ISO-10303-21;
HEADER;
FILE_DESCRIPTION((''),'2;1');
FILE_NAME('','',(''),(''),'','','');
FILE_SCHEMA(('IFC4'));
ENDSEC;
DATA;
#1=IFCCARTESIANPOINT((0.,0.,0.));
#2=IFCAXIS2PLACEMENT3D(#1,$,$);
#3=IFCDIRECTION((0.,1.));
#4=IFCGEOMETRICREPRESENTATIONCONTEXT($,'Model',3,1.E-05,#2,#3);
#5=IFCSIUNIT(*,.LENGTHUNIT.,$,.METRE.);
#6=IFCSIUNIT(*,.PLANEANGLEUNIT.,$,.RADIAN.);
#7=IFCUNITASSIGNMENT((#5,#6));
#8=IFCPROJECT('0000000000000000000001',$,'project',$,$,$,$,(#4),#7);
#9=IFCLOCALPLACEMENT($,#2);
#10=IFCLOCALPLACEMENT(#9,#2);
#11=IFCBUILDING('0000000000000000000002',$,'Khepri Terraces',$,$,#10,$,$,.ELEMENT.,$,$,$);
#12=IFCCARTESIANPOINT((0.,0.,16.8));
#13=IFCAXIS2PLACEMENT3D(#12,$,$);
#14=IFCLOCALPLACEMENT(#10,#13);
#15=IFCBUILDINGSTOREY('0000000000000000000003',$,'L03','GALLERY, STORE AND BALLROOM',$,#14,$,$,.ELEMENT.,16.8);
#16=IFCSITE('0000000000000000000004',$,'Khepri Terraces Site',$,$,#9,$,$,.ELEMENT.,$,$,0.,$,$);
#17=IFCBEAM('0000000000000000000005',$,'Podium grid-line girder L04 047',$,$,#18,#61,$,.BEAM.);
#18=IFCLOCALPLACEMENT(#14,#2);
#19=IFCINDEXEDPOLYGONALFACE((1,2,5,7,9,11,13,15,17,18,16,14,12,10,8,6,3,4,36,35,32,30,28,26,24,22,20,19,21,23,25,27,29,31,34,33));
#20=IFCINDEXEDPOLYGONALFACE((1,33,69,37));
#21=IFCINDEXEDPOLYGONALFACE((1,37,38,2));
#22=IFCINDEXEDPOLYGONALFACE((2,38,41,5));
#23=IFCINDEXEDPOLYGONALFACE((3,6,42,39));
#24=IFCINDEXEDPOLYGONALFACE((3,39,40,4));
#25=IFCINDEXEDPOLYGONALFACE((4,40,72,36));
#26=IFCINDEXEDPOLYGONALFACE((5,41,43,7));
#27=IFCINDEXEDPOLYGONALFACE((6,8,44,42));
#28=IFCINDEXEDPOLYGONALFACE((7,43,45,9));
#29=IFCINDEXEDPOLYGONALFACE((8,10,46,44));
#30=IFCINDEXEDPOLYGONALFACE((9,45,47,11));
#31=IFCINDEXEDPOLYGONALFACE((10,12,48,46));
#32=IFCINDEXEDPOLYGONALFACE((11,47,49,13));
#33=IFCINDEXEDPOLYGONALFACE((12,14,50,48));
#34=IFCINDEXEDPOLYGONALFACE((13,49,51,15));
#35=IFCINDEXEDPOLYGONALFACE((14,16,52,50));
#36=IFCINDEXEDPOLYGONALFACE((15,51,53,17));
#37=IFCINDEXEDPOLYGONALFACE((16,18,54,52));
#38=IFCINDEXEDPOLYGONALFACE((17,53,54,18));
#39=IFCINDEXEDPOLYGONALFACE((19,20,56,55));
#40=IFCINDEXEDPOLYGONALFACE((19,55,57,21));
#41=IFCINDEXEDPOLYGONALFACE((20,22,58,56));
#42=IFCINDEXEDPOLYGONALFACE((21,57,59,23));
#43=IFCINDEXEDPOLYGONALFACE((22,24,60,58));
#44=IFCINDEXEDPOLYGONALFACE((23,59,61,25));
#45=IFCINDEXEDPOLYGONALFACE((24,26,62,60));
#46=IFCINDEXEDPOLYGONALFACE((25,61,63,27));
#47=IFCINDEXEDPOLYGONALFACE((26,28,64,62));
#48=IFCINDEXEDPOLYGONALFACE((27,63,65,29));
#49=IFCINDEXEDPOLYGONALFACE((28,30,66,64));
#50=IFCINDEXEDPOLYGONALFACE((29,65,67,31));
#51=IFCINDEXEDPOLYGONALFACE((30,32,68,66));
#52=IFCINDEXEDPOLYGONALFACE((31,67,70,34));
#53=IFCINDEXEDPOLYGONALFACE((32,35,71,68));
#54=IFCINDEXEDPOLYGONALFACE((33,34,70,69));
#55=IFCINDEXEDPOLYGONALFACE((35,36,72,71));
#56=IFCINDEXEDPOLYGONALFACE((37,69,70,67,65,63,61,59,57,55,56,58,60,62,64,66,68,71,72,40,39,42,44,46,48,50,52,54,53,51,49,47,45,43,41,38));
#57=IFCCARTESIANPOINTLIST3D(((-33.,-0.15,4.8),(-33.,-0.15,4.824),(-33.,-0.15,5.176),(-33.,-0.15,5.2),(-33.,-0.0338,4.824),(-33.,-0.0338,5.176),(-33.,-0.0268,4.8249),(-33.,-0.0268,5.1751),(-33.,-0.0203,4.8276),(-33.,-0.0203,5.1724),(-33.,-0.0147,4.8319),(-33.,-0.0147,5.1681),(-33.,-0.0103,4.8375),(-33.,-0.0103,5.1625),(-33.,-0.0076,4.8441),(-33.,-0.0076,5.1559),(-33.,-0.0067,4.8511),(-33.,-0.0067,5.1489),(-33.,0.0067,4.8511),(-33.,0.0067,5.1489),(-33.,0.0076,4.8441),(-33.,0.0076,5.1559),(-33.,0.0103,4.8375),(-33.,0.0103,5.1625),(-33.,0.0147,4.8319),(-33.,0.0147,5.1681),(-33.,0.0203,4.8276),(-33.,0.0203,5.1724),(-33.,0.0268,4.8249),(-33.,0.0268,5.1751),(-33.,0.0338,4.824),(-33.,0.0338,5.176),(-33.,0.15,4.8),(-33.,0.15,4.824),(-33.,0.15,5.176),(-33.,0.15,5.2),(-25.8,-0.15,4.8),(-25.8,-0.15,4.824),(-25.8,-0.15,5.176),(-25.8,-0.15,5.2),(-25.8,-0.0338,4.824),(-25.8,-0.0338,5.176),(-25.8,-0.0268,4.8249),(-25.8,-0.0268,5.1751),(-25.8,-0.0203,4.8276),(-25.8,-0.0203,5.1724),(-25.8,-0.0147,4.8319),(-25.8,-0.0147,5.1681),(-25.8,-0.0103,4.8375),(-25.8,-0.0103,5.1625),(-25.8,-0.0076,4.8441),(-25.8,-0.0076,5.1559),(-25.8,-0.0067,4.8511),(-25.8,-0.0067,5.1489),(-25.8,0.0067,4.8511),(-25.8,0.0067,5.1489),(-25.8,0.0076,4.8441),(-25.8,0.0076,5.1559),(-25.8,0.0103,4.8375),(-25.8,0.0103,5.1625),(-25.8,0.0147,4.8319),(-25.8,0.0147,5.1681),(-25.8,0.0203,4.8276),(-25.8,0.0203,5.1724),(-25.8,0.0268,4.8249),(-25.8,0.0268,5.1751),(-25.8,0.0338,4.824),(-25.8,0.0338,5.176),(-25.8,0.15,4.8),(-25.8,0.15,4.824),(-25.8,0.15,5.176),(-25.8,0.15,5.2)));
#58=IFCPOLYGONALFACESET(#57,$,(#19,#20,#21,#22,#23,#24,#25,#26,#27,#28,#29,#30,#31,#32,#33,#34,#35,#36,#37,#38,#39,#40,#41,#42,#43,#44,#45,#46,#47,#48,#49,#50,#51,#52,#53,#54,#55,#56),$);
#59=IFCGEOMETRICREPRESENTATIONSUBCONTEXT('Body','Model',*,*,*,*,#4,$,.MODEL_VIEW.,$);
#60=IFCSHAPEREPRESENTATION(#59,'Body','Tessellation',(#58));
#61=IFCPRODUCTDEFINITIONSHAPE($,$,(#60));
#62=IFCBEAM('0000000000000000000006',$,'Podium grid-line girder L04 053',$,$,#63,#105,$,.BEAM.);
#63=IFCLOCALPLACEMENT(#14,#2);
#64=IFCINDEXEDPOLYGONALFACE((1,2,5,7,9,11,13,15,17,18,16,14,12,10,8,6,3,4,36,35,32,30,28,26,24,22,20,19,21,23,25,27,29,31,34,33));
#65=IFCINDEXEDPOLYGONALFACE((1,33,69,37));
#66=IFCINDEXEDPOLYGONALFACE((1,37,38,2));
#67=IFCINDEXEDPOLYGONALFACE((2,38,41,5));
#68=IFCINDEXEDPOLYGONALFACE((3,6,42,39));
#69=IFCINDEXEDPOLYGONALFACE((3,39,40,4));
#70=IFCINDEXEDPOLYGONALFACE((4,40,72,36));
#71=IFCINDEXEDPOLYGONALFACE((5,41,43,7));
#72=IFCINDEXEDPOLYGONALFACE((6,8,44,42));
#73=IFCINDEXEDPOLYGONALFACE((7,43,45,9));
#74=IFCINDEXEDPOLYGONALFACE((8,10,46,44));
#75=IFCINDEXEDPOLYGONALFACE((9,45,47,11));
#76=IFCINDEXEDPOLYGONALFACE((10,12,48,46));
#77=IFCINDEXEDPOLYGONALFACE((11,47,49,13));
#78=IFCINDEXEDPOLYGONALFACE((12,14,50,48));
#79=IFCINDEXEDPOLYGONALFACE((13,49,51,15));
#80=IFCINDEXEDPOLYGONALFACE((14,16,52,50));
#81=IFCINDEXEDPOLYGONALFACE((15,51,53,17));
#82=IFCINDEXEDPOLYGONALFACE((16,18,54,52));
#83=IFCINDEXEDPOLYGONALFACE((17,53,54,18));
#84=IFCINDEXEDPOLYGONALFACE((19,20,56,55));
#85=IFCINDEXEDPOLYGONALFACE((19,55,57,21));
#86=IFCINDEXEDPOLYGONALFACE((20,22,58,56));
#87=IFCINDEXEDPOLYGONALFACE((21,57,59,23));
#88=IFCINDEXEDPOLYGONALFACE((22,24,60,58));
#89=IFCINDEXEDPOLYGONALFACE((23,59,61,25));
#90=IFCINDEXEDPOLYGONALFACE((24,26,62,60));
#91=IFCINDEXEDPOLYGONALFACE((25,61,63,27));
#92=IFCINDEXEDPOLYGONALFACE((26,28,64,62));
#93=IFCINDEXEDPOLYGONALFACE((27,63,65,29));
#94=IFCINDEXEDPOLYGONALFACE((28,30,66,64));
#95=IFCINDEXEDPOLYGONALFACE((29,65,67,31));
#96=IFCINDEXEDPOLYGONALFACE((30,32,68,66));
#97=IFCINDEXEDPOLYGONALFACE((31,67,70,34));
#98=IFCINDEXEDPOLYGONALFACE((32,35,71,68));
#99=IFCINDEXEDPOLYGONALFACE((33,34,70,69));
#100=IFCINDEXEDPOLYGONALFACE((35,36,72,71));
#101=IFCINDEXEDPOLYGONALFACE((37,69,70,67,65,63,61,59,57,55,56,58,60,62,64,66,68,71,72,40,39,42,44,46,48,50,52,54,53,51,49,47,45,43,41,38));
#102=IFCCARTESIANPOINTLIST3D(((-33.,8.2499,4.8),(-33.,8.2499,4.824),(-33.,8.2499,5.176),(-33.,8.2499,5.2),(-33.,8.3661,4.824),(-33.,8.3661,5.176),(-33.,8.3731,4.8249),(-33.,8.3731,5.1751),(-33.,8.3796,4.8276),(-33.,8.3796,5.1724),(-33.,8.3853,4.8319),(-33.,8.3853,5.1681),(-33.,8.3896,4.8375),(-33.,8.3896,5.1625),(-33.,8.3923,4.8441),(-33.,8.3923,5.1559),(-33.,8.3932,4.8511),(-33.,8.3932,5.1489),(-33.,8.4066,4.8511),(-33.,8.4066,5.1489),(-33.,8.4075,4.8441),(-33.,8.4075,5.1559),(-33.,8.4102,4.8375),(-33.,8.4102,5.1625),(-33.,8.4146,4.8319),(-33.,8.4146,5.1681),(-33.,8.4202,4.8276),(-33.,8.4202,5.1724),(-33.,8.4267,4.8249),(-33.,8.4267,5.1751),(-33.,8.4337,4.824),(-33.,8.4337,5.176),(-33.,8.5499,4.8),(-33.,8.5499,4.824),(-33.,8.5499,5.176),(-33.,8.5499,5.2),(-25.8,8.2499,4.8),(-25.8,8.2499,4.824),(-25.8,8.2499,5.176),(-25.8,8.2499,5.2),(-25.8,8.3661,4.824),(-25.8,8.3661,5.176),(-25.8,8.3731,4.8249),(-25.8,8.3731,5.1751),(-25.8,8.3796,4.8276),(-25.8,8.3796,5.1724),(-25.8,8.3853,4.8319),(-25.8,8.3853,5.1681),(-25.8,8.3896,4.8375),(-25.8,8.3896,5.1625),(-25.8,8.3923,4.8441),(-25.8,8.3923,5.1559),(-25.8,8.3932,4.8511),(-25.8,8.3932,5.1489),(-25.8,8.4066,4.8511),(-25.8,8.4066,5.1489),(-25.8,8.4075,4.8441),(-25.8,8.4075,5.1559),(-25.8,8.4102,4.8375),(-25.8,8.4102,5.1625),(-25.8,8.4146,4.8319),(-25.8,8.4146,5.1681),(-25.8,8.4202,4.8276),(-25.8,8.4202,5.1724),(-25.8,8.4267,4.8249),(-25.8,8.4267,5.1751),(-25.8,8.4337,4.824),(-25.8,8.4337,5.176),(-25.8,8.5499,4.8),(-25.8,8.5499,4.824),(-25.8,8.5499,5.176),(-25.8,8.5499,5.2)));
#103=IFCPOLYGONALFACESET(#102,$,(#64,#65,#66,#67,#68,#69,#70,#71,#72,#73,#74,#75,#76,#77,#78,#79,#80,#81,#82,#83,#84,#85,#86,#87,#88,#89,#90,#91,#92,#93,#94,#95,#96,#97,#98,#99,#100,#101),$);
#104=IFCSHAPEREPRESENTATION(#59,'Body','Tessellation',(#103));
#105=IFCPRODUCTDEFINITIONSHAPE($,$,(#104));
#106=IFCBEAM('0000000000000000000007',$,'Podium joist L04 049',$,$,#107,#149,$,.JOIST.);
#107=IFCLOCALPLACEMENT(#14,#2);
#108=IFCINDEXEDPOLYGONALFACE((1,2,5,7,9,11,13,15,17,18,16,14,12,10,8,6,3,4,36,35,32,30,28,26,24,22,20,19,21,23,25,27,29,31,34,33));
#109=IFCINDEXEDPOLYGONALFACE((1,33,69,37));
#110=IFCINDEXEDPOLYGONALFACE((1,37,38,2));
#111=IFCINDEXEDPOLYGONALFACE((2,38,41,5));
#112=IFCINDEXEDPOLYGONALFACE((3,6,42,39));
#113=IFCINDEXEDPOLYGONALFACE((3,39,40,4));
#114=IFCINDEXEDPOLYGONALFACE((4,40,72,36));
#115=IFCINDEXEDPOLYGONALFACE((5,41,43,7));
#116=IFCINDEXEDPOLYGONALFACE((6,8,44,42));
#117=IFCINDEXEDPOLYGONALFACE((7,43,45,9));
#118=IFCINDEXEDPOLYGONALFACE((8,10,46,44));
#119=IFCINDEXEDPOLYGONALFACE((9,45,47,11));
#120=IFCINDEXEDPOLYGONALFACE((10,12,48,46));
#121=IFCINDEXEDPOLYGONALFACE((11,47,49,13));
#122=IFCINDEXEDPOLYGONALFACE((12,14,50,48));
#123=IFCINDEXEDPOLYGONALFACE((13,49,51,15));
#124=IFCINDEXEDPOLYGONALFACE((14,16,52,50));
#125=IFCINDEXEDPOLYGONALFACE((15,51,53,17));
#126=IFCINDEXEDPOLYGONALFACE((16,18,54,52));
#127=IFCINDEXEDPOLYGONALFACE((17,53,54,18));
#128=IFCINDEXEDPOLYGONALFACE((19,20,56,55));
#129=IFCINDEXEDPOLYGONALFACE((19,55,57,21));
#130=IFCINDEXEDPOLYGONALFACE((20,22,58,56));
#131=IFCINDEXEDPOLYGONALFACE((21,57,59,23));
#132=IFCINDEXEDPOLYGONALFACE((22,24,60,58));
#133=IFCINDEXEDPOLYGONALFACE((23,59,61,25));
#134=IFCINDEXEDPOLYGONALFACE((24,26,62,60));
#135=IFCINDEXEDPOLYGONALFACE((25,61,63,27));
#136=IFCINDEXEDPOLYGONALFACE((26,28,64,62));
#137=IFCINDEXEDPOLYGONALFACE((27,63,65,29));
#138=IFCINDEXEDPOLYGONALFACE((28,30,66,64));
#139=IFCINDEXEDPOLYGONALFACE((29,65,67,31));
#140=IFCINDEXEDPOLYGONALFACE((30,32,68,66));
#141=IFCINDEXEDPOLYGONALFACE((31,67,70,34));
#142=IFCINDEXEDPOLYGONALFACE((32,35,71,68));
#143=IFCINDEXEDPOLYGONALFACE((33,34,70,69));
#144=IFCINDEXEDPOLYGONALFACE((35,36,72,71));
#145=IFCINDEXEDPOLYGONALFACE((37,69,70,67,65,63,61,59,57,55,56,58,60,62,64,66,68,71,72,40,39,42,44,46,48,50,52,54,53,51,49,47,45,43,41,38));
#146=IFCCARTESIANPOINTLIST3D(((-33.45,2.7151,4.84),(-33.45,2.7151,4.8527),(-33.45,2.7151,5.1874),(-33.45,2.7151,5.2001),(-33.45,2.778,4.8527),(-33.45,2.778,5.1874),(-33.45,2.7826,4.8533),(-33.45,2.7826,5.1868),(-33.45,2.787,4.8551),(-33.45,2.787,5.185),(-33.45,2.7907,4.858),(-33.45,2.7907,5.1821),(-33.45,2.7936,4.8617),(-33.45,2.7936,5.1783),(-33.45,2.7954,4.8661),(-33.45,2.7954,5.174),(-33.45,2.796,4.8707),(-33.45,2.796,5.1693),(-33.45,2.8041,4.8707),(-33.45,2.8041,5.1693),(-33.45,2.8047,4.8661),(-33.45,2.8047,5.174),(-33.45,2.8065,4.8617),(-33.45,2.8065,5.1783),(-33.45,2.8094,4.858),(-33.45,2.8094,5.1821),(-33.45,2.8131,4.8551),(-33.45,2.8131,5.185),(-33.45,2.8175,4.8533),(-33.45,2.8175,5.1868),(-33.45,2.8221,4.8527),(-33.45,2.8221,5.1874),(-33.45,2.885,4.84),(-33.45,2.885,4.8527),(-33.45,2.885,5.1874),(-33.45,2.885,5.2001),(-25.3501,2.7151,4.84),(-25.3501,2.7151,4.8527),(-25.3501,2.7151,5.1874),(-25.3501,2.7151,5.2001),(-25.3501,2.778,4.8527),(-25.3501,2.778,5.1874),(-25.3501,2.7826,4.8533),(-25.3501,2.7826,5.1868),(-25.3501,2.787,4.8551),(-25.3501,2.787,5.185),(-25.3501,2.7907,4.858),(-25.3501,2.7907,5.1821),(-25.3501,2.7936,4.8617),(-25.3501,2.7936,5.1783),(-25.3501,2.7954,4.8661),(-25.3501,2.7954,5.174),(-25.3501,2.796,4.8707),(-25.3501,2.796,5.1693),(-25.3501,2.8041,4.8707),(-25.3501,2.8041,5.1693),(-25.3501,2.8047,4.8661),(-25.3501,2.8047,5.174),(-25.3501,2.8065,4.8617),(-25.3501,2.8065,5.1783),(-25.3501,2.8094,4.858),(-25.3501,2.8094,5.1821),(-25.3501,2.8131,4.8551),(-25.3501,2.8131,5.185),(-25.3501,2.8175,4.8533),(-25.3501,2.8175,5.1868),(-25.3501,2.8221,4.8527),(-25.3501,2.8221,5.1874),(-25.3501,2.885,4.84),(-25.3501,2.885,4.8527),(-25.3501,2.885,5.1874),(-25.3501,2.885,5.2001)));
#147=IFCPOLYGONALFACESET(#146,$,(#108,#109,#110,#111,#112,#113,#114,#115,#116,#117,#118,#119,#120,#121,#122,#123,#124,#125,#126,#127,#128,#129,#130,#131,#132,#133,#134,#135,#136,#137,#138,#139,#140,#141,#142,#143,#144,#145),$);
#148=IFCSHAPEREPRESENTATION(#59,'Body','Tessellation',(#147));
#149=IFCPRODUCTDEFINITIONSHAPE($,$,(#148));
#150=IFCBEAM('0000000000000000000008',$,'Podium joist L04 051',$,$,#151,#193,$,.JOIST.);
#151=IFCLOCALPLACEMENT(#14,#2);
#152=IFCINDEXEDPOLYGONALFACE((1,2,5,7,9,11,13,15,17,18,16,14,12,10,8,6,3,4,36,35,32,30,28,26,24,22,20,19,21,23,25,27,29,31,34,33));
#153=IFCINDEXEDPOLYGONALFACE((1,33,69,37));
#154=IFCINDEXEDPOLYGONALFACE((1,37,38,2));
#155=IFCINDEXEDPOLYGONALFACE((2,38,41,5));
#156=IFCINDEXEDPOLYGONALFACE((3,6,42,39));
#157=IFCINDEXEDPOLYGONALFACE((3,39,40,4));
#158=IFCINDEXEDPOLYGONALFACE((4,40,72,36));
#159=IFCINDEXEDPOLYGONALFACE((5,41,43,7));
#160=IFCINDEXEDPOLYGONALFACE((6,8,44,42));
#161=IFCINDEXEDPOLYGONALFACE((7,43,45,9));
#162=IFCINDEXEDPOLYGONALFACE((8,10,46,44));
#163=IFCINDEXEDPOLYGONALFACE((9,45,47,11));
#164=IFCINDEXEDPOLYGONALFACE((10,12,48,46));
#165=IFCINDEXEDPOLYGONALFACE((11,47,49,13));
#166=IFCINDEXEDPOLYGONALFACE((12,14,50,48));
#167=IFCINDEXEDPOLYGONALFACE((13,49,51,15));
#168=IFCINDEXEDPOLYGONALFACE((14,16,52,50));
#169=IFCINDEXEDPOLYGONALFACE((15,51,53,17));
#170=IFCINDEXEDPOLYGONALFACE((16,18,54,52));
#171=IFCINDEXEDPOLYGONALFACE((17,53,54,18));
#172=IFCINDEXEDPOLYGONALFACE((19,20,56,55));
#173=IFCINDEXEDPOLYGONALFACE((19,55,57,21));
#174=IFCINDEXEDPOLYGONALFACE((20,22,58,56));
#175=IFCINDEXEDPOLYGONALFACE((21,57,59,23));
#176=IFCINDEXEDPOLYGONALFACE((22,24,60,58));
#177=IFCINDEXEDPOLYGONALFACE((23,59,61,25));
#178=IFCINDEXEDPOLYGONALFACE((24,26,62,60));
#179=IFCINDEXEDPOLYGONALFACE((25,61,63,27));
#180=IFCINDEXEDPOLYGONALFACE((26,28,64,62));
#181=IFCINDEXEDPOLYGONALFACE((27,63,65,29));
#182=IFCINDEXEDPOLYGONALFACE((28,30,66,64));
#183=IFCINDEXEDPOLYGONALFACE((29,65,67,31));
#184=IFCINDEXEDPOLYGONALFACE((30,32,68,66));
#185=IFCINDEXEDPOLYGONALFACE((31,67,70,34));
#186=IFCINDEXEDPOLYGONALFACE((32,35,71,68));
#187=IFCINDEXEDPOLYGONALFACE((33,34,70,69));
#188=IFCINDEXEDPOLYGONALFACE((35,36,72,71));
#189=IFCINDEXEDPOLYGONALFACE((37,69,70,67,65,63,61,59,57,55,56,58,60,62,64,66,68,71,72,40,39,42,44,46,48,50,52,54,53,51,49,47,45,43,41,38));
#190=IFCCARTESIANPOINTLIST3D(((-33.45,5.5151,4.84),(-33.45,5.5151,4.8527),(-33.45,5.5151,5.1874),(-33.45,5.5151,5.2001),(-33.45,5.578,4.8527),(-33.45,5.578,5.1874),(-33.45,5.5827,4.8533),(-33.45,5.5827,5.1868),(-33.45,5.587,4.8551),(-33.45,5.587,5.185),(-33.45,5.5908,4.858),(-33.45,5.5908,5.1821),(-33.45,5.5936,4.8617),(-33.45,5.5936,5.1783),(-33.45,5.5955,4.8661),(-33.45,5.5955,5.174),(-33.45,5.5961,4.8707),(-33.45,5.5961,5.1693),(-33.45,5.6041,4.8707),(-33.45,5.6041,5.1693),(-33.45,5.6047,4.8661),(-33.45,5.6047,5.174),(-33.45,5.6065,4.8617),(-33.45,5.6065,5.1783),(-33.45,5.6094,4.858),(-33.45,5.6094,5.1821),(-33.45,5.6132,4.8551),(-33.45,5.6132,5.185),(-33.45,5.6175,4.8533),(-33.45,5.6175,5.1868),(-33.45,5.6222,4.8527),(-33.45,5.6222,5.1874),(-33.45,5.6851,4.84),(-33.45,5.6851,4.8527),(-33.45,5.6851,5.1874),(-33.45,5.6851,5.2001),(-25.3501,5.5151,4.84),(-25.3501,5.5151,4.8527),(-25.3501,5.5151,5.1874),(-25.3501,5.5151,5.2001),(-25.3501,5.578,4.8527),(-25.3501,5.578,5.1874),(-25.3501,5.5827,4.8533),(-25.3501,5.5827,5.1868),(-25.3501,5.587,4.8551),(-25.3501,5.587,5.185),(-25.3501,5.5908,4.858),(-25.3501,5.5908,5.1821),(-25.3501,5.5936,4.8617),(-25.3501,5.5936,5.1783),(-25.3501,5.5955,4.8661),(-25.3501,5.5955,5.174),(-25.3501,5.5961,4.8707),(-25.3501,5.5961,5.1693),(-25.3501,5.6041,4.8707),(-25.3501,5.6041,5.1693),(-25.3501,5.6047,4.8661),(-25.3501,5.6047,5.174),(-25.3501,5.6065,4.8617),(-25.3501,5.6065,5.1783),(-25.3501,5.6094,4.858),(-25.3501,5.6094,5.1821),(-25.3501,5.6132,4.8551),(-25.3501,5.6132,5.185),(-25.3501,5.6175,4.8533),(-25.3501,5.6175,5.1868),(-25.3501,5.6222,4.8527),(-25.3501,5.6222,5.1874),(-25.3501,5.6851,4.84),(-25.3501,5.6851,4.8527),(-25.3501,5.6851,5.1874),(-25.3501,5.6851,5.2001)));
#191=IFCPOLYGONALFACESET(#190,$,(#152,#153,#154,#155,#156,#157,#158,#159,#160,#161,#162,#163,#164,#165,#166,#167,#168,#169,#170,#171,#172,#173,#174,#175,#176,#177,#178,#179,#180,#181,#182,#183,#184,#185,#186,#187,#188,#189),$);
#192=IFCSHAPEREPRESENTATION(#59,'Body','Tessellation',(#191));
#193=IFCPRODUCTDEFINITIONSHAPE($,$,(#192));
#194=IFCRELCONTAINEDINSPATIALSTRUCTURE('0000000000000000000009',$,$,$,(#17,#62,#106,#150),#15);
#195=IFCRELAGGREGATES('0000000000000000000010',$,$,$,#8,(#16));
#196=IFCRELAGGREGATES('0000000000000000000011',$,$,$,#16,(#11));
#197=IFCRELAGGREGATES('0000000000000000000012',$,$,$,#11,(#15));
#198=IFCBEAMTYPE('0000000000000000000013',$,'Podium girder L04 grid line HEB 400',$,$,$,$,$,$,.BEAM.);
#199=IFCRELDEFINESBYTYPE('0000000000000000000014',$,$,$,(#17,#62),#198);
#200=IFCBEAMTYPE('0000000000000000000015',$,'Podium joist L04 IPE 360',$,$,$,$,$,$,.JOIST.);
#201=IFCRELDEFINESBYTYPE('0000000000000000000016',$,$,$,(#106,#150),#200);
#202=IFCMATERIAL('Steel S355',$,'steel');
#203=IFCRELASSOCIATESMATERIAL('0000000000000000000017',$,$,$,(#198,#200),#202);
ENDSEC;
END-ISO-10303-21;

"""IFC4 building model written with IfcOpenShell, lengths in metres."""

from ifc_helpers import new_model, si_unit, direction, frame, origin, origin_2d, place, context, subcontext, project, spatial, i_section, extrude, material, material_profile, profile_set, type_object, element, save


model = new_model("IFC4")

# Units and contexts
model_context = context("Model", 3, precision=1e-05, world=origin(), true_north=direction((0.0, 1.0)))
body_context = subcontext(model_context, "Body", "Model", "MODEL_VIEW")
ifc_project = project(units=[si_unit("LENGTHUNIT", "METRE"), si_unit("PLANEANGLEUNIT", "RADIAN")], contexts=[model_context])

# Site, building, storey
site_placement = place(None, origin())
site = spatial("IfcSite", under=ifc_project, at=site_placement, Name="Khepri Terraces Site", CompositionType="ELEMENT", RefElevation=0.0)
building_placement = place(site_placement, origin())
building = spatial("IfcBuilding", under=site, at=building_placement, Name="Khepri Terraces", CompositionType="ELEMENT")
storey_placement = place(building_placement, frame((0.0, 0.0, 16.8)))
storey = spatial("IfcBuildingStorey", under=building, at=storey_placement, Name="L03", Description="GALLERY, STORE AND BALLROOM", CompositionType="ELEMENT", Elevation=16.8)

# Beams
ifc_material_1 = material(Name="Steel S355", Category="steel")
ifc_material_profile_1 = material_profile(ifc_material_1, i_section(OverallWidth=0.3, OverallDepth=0.3999, WebThickness=0.0134, FlangeThickness=0.0239, FilletRadius=0.0271, at=origin_2d()), Name="Steel S355", Category="steel")
ifc_profile_set_1 = profile_set([ifc_material_profile_1], Name="Steel S355")
beam_type_1 = type_object("IfcBeamType", Name="Podium girder L04 grid line HEB 400", PredefinedType="BEAM", material=ifc_profile_set_1)
for number, where, z_axis, x_axis, name in (
    (1, (-33.0, 0.0, 5.0), (1.0, 0.0, 0.0), (0.0, 1.0, 0.0), "Podium grid-line girder L04 047"),
    (2, (-33.0, 8.3999, 5.0), (1.0, 0.0, 0.0), (0.0, 1.0, 0.0), "Podium grid-line girder L04 053"),
):
    element("IfcBeam", number, at=place(storey_placement, frame(where, z_axis=z_axis, x_axis=x_axis)), inside=storey, type_object=beam_type_1, Name=name, PredefinedType="BEAM", context=body_context, shape_type="SweptSolid", body=[
        extrude(i_section(OverallWidth=0.3, OverallDepth=0.3999, WebThickness=0.0134, FlangeThickness=0.0239, FilletRadius=0.0271, at=origin_2d()), origin(), (0.0, 0.0, 1.0), 7.2),
    ])
ifc_material_profile_2 = material_profile(ifc_material_1, i_section(OverallWidth=0.1699, OverallDepth=0.3601, WebThickness=0.0081, FlangeThickness=0.0127, FilletRadius=0.0181, at=origin_2d()), Name="Steel S355", Category="steel")
ifc_profile_set_2 = profile_set([ifc_material_profile_2], Name="Steel S355")
beam_type_2 = type_object("IfcBeamType", Name="Podium joist L04 IPE 360", PredefinedType="JOIST", material=ifc_profile_set_2)
for number, where, z_axis, x_axis, name in (
    (3, (-33.45, 2.8, 5.02), (1.0, 0.0, 0.0), (0.0, 1.0, 0.0), "Podium joist L04 049"),
    (4, (-33.45, 5.6001, 5.02), (1.0, 0.0, 0.0), (0.0, 1.0, 0.0), "Podium joist L04 051"),
):
    element("IfcBeam", number, at=place(storey_placement, frame(where, z_axis=z_axis, x_axis=x_axis)), inside=storey, type_object=beam_type_2, Name=name, PredefinedType="JOIST", context=body_context, shape_type="SweptSolid", body=[
        extrude(i_section(OverallWidth=0.1699, OverallDepth=0.3601, WebThickness=0.0081, FlangeThickness=0.0127, FilletRadius=0.0181, at=origin_2d()), origin(), (0.0, 0.0, 1.0), 8.0999),
    ])

save(model, "model.ifc")
